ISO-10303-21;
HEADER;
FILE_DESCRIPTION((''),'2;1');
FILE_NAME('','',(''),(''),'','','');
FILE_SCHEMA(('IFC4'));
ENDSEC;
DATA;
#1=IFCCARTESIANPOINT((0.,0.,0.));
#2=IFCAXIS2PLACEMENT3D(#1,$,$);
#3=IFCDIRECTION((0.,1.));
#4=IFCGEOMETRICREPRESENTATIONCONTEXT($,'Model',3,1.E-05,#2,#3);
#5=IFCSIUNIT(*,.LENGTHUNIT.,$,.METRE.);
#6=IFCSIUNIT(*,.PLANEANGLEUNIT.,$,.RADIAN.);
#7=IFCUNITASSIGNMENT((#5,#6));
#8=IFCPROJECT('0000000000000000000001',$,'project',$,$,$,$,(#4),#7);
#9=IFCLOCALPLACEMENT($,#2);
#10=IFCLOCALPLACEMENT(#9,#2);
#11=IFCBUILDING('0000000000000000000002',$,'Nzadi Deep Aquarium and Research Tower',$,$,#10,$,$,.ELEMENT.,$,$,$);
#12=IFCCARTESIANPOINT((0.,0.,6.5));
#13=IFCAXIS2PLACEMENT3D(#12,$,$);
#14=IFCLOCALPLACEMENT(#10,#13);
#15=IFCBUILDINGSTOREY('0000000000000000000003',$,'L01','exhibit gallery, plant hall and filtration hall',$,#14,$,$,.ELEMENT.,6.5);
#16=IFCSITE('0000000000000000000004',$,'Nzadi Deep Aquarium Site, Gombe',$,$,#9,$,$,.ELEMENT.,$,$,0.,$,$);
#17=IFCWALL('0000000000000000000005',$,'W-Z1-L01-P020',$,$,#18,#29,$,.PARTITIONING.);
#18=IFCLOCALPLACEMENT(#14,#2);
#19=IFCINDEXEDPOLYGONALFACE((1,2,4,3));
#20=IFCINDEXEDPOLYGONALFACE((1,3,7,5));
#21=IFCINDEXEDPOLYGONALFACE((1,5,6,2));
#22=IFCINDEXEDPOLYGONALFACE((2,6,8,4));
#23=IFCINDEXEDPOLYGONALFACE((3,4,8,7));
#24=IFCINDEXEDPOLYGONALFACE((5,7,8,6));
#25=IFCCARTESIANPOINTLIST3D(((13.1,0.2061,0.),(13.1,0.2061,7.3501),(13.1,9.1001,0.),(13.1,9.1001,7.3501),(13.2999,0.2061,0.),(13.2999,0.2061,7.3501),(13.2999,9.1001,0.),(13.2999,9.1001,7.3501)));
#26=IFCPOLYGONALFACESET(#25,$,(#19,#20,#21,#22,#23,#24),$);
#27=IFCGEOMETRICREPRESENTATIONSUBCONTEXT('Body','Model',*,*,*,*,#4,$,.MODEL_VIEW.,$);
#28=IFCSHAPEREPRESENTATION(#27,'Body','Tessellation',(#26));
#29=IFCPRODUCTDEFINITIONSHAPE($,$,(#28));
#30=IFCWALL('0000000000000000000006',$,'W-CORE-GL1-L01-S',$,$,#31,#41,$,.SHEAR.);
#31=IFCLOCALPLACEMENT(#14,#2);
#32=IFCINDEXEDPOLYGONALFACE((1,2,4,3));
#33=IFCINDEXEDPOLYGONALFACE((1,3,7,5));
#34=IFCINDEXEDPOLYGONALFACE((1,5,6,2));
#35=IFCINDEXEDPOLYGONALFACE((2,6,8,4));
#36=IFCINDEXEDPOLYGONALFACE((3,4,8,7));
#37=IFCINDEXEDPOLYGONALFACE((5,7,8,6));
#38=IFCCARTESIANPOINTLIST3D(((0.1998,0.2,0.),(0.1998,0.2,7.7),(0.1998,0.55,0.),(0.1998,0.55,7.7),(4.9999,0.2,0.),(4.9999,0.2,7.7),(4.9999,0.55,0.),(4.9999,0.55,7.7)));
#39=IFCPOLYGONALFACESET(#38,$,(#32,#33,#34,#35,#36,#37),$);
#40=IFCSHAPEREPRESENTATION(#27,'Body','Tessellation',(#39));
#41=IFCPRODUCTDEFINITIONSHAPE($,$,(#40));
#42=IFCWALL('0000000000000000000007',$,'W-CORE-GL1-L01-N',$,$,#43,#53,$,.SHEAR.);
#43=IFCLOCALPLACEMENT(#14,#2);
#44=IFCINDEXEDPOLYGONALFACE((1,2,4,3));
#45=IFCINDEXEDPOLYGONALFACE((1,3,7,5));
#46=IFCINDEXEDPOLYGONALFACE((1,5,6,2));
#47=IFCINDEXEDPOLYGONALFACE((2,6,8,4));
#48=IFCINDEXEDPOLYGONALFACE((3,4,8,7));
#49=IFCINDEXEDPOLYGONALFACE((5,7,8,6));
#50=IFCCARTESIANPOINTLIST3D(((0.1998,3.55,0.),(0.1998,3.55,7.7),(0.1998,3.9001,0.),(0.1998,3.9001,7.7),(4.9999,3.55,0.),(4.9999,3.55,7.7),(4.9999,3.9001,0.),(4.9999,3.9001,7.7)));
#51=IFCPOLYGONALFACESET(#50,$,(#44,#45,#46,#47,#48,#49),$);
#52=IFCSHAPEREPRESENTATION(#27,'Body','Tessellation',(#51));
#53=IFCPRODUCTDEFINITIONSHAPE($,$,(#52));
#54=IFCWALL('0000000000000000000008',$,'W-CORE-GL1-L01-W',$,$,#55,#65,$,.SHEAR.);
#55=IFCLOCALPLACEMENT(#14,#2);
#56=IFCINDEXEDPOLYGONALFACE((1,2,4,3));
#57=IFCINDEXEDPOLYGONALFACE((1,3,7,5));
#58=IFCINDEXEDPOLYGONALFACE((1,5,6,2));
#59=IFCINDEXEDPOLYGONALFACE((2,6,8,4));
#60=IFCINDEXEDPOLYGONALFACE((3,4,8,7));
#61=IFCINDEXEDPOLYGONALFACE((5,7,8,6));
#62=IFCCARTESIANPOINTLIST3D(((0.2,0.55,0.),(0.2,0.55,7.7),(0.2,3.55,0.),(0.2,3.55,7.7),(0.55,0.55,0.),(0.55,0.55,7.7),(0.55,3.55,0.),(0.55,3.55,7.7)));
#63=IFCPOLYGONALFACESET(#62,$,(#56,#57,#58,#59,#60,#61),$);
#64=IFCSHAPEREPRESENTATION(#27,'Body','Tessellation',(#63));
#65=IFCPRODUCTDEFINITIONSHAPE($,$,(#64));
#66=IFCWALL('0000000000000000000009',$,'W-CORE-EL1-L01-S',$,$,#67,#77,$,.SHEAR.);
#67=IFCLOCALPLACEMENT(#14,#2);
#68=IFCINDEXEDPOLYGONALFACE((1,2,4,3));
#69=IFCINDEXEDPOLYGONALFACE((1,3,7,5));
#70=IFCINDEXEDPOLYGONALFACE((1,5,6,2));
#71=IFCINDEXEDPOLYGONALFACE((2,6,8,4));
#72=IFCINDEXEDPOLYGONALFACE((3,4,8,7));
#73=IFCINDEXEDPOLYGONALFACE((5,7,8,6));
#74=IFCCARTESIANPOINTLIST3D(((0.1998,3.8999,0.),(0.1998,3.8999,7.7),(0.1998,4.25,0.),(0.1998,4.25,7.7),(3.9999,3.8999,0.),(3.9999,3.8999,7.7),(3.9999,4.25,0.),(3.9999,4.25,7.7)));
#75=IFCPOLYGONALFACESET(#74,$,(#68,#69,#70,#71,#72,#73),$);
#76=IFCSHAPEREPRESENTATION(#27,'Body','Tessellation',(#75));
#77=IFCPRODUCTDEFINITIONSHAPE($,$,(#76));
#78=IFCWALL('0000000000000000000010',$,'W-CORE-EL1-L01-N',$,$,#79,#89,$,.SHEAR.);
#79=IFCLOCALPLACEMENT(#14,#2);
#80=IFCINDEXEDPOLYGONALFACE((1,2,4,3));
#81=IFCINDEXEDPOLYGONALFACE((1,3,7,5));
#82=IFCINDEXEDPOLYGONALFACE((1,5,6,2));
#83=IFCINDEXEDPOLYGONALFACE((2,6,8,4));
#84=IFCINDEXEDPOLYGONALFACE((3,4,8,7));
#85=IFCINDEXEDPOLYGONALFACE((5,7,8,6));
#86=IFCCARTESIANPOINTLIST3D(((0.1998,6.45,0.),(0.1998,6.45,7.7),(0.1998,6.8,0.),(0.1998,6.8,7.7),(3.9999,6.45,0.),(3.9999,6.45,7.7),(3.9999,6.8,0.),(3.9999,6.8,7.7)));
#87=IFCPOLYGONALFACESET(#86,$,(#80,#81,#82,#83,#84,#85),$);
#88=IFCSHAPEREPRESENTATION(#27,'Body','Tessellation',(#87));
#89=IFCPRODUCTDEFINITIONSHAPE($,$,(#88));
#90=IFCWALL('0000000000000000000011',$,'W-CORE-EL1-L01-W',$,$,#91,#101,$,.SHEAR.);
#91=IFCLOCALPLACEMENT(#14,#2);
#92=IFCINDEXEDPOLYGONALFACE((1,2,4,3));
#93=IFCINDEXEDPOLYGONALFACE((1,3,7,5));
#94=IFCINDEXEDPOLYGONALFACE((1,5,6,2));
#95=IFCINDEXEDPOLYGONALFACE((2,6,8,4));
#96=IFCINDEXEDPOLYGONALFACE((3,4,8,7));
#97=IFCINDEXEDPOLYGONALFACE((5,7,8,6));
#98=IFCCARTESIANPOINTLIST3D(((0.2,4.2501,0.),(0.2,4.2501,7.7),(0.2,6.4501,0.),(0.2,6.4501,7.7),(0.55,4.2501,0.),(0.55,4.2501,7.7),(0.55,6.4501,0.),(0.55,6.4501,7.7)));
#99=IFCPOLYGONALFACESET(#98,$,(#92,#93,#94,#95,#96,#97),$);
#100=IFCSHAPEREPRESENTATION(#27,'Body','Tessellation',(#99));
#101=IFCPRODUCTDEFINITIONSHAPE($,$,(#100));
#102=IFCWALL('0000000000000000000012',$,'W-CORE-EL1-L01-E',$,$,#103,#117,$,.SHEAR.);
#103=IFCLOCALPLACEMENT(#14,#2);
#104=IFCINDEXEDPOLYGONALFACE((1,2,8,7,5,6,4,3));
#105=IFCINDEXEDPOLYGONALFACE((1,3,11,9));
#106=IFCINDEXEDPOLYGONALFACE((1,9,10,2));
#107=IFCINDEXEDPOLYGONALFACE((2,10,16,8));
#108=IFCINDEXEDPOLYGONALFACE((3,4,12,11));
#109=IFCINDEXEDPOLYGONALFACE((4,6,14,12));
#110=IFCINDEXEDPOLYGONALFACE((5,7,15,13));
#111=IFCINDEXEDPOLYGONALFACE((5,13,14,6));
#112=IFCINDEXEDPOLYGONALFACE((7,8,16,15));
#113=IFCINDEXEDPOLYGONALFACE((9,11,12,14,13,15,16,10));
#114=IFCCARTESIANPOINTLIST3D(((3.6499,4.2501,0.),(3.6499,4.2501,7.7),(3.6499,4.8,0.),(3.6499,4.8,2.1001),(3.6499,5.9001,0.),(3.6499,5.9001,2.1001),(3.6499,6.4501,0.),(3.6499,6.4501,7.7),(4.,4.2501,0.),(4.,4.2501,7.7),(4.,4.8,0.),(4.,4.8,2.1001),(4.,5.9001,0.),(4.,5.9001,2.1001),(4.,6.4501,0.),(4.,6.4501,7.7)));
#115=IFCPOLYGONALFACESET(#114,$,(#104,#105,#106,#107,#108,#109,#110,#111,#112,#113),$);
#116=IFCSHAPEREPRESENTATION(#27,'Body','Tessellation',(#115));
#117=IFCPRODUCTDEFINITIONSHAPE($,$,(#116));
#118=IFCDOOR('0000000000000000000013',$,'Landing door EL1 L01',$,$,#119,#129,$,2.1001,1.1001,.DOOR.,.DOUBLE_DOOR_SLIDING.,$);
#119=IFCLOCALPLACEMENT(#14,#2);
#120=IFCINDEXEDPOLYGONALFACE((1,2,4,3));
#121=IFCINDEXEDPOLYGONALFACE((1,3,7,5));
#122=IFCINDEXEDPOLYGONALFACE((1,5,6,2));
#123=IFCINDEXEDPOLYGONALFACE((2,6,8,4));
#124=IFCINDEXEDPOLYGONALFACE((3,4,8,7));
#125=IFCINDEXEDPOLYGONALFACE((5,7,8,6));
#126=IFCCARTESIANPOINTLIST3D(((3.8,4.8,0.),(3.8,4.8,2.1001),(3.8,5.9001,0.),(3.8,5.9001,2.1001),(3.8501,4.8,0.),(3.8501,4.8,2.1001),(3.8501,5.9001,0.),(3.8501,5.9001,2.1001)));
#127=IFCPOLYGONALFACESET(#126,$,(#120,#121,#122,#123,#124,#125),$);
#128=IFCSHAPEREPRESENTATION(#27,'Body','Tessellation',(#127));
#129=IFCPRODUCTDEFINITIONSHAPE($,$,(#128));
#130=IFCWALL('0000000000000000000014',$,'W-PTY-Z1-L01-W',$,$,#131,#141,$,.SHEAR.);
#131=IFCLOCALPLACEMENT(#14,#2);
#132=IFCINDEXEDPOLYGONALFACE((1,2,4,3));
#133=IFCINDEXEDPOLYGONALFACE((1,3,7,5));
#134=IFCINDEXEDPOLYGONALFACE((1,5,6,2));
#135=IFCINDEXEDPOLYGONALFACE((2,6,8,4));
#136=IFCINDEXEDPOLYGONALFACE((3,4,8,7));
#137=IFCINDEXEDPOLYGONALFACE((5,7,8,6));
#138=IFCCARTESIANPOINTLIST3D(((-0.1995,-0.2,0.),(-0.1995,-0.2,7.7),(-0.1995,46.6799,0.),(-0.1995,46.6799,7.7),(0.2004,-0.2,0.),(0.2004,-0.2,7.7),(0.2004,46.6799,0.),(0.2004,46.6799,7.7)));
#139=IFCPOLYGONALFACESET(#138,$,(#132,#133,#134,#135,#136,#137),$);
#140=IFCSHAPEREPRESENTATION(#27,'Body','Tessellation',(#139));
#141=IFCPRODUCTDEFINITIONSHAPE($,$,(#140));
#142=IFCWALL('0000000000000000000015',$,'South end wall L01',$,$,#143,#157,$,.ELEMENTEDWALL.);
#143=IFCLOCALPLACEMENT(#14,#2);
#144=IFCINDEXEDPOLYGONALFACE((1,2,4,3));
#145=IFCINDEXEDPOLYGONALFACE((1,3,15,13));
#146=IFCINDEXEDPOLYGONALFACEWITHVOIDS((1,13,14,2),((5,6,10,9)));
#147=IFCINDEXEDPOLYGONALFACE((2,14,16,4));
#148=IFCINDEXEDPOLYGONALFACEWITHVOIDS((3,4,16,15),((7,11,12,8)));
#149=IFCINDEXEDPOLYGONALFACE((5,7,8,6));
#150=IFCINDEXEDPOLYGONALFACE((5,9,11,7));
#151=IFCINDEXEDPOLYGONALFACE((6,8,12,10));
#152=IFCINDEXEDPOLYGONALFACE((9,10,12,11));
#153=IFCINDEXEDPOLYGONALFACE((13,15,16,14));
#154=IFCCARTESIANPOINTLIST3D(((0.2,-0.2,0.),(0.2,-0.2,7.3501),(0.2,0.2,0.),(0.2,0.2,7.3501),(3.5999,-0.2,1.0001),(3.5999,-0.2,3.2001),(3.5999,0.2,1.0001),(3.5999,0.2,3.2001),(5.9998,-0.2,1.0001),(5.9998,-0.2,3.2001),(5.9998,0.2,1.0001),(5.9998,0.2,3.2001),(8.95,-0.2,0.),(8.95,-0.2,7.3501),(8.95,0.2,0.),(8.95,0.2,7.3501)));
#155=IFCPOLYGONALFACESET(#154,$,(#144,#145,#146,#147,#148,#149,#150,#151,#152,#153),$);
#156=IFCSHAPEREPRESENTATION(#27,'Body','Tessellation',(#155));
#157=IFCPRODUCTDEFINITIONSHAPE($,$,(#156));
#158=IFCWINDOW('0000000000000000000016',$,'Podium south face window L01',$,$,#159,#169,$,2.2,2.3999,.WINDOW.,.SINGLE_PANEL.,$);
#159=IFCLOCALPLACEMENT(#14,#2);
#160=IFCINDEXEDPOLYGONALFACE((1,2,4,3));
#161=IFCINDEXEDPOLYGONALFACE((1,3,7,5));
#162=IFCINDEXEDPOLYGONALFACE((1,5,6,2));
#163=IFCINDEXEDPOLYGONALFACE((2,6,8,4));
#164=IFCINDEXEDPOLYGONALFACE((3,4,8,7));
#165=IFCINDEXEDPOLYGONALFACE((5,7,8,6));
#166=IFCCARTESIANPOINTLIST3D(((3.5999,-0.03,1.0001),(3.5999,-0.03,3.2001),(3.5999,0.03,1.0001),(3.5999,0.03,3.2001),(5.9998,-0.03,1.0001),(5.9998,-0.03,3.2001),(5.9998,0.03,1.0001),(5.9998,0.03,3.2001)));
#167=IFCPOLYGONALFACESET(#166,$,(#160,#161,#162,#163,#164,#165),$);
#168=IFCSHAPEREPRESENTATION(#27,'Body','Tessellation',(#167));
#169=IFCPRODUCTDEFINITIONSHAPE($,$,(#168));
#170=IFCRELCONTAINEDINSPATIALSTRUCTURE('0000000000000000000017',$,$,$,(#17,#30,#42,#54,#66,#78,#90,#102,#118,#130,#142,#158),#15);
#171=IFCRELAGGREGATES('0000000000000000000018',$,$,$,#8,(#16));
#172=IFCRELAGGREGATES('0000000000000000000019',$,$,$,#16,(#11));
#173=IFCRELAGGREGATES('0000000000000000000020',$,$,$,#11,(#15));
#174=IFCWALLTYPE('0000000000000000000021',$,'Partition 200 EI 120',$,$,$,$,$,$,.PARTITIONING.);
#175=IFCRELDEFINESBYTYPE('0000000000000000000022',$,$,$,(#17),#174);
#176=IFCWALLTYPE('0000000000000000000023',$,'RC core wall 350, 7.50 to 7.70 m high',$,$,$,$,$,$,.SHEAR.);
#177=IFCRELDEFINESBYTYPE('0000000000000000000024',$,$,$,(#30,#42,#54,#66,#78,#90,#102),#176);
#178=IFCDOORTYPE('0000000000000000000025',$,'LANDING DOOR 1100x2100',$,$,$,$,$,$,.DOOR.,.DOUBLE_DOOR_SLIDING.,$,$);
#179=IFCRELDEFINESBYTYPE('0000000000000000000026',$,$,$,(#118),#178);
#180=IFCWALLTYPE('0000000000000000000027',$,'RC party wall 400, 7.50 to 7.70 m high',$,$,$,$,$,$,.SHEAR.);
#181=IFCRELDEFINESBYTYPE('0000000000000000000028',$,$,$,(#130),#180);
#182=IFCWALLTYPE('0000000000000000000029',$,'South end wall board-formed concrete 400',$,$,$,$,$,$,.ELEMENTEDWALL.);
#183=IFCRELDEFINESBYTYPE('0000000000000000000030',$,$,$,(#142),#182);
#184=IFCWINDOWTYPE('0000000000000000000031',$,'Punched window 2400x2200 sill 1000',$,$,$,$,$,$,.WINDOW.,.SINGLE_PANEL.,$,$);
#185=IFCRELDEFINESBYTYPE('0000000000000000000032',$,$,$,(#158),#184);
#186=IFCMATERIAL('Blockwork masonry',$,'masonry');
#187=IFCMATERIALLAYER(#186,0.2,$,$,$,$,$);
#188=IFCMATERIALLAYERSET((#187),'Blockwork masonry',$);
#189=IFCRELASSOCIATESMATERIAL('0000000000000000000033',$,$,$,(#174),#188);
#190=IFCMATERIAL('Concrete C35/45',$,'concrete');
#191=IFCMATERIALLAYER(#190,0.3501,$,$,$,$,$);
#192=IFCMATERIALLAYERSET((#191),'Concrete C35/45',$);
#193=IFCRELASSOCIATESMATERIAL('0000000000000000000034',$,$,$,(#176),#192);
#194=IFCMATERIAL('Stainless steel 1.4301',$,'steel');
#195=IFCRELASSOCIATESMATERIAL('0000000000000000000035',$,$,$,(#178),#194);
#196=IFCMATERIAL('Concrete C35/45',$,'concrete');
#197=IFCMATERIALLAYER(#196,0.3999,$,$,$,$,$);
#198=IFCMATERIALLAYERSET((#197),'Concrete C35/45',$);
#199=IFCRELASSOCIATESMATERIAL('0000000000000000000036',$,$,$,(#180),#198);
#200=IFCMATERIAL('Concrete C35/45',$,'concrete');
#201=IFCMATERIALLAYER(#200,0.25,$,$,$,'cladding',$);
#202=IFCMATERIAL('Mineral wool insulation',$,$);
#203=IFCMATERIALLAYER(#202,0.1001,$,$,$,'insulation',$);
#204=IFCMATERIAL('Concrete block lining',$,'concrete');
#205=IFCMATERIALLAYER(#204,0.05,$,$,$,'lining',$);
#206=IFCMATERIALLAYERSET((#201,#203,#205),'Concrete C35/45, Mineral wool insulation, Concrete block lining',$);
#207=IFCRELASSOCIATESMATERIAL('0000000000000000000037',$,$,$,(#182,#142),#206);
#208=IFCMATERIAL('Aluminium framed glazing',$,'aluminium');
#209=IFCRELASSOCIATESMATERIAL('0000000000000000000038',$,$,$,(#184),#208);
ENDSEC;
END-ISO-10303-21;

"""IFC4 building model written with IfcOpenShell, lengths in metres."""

from ifc_helpers import new_model, si_unit, direction, frame, frame_2d, origin, place, context, subcontext, project, spatial, rectangle, extrude, material, layer, layer_set, layer_usage, type_object, element, fill, save


model = new_model("IFC4")

# Units and contexts
model_context = context("Model", 3, precision=1e-05, world=origin(), true_north=direction((0.0, 1.0)))
body_context = subcontext(model_context, "Body", "Model", "MODEL_VIEW")
ifc_project = project(units=[si_unit("LENGTHUNIT", "METRE"), si_unit("PLANEANGLEUNIT", "RADIAN")], contexts=[model_context])

# Site, building, storey
site_placement = place(None, origin())
site = spatial("IfcSite", under=ifc_project, at=site_placement, Name="Nzadi Deep Aquarium Site, Gombe", CompositionType="ELEMENT", RefElevation=0.0)
building_placement = place(site_placement, origin())
building = spatial("IfcBuilding", under=site, at=building_placement, Name="Nzadi Deep Aquarium and Research Tower", CompositionType="ELEMENT")
storey_placement = place(building_placement, frame((0.0, 0.0, 6.5)))
storey = spatial("IfcBuildingStorey", under=building, at=storey_placement, Name="L01", Description="exhibit gallery, plant hall and filtration hall", CompositionType="ELEMENT", Elevation=6.5)

# Walls
ifc_material_1 = material(Name="Blockwork masonry", Category="masonry")
ifc_layer_1 = layer(ifc_material_1, 0.2)
ifc_layer_set_1 = layer_set([ifc_layer_1], Name="Blockwork masonry")
wall_type_1 = type_object("IfcWallType", Name="Partition 200 EI 120", PredefinedType="PARTITIONING", material=ifc_layer_set_1)
for number, where, z_axis, x_axis, name in (
    (1, (13.2, 0.2061, 0.0), (0.0, 0.0, 1.0), (0.0, 1.0, 0.0), "W-Z1-L01-P020"),
):
    element("IfcWall", number, at=place(storey_placement, frame(where, z_axis=z_axis, x_axis=x_axis)), inside=storey, type_object=wall_type_1, Name=name, PredefinedType="PARTITIONING", context=body_context, shape_type="SweptSolid", body=[
        extrude(rectangle(XDim=8.894, YDim=0.2, at=frame_2d((4.447, 0.0))), origin(), (0.0, 0.0, 1.0), 7.3501),
    ])
ifc_material_2 = material(Name="Concrete C35/45", Category="concrete")
ifc_layer_2 = layer(ifc_material_2, 0.3501)
ifc_layer_set_2 = layer_set([ifc_layer_2], Name="Concrete C35/45")
wall_type_2 = type_object("IfcWallType", Name="RC core wall 350, 7.50 to 7.70 m high", PredefinedType="SHEAR", material=ifc_layer_set_2)
for number, where, z_axis, x_axis, name in (
    (2, (0.2, 0.375, 0.0), (0.0, 0.0, 1.0), (1.0, 0.0, 0.0), "W-CORE-GL1-L01-S"),
    (3, (0.2, 3.7251, 0.0), (0.0, 0.0, 1.0), (1.0, 0.0, 0.0), "W-CORE-GL1-L01-N"),
):
    element("IfcWall", number, at=place(storey_placement, frame(where, z_axis=z_axis, x_axis=x_axis)), inside=storey, type_object=wall_type_2, Name=name, PredefinedType="SHEAR", context=body_context, shape_type="SweptSolid", body=[
        extrude(rectangle(XDim=4.8, YDim=0.3501, at=frame_2d((2.3999, 0.0))), origin(), (0.0, 0.0, 1.0), 7.7),
    ])
wall_1_placement = place(storey_placement, frame((0.375, 0.55, 0.0), z_axis=(0.0, 0.0, 1.0), x_axis=(0.0, 1.0, 0.0)))
element("IfcWall", 4, at=wall_1_placement, inside=storey, type_object=wall_type_2, Name="W-CORE-GL1-L01-W", PredefinedType="SHEAR", context=body_context, shape_type="SweptSolid", body=[
    extrude(rectangle(XDim=3.0, YDim=0.3501, at=frame_2d((1.5, 0.0))), origin(), (0.0, 0.0, 1.0), 7.7),
])

# Walls
for number, where, z_axis, x_axis, name in (
    (5, (0.2, 4.075, 0.0), (0.0, 0.0, 1.0), (1.0, 0.0, 0.0), "W-CORE-EL1-L01-S"),
    (6, (0.2, 6.625, 0.0), (0.0, 0.0, 1.0), (1.0, 0.0, 0.0), "W-CORE-EL1-L01-N"),
):
    element("IfcWall", number, at=place(storey_placement, frame(where, z_axis=z_axis, x_axis=x_axis)), inside=storey, type_object=wall_type_2, Name=name, PredefinedType="SHEAR", context=body_context, shape_type="SweptSolid", body=[
        extrude(rectangle(XDim=3.8, YDim=0.3501, at=frame_2d((1.8999, 0.0))), origin(), (0.0, 0.0, 1.0), 7.7),
    ])
wall_2_placement = place(storey_placement, frame((0.375, 4.25, 0.0), z_axis=(0.0, 0.0, 1.0), x_axis=(0.0, 1.0, 0.0)))
element("IfcWall", 7, at=wall_2_placement, inside=storey, type_object=wall_type_2, Name="W-CORE-EL1-L01-W", PredefinedType="SHEAR", context=body_context, shape_type="SweptSolid", body=[
    extrude(rectangle(XDim=2.2, YDim=0.3501, at=frame_2d((1.1001, 0.0))), origin(), (0.0, 0.0, 1.0), 7.7),
])

# Wall, opening, door
wall_3_placement = place(storey_placement, frame((3.825, 4.25, 0.0), z_axis=(0.0, 0.0, 1.0), x_axis=(0.0, 1.0, 0.0)))
wall_3 = element("IfcWall", 8, at=wall_3_placement, inside=storey, type_object=wall_type_2, Name="W-CORE-EL1-L01-E", PredefinedType="SHEAR", context=body_context, shape_type="SweptSolid", body=[
    extrude(rectangle(XDim=2.2, YDim=0.3501, at=frame_2d((1.1001, 0.0))), origin(), (0.0, 0.0, 1.0), 7.7),
])
opening_1_placement = place(wall_3_placement, frame((0.55, 0.0, 0.0)))
opening_1 = element("IfcOpeningElement", 9, at=opening_1_placement, cuts=wall_3, PredefinedType="OPENING", context=body_context, shape_type="SweptSolid", body=[
    extrude(rectangle(XDim=1.1001, YDim=2.1001, at=frame_2d((0.55, 1.05))), frame((0.0, 0.1851, 0.0), z_axis=(0.0, -1.0, 0.0), x_axis=(1.0, 0.0, 0.0)), (0.0, 0.0, 1.0), 0.3701),
])
ifc_material_3 = material(Name="Stainless steel 1.4301", Category="steel")
door_type_1 = type_object("IfcDoorType", Name="LANDING DOOR 1100x2100", OperationType="DOUBLE_DOOR_SLIDING", PredefinedType="DOOR", material=ifc_material_3)
door_1_placement = place(opening_1_placement, origin())
door_1 = element("IfcDoor", 10, at=door_1_placement, inside=storey, type_object=door_type_1, Name="Landing door EL1 L01", OperationType="DOUBLE_DOOR_SLIDING", OverallHeight=2.1001, OverallWidth=1.1001, PredefinedType="DOOR", context=body_context, shape_type="SweptSolid", body=[
    extrude(rectangle(XDim=1.1001, YDim=2.1001, at=frame_2d((0.55, 1.05))), frame((0.0, 0.0249, 0.0), z_axis=(0.0, -1.0, 0.0), x_axis=(1.0, 0.0, 0.0)), (0.0, 0.0, 1.0), 0.05),
])
fill(opening_1, door_1)

# Wall
ifc_material_4 = material(Name="Concrete C35/45", Category="concrete")
ifc_layer_3 = layer(ifc_material_4, 0.3999)
ifc_layer_set_3 = layer_set([ifc_layer_3], Name="Concrete C35/45")
wall_type_3 = type_object("IfcWallType", Name="RC party wall 400, 7.50 to 7.70 m high", PredefinedType="SHEAR", material=ifc_layer_set_3)
wall_4_placement = place(storey_placement, frame((0.0005, -0.2, 0.0), z_axis=(0.0, 0.0, 1.0), x_axis=(0.0, 1.0, 0.0)))
element("IfcWall", 11, at=wall_4_placement, inside=storey, type_object=wall_type_3, Name="W-PTY-Z1-L01-W", PredefinedType="SHEAR", context=body_context, shape_type="SweptSolid", body=[
    extrude(rectangle(XDim=46.8799, YDim=0.3999, at=frame_2d((23.4399, 0.0))), origin(), (0.0, 0.0, 1.0), 7.7),
])

# Wall, opening, window
ifc_material_5 = material(Name="Concrete C35/45", Category="concrete")
ifc_layer_4 = layer(ifc_material_5, 0.25, Category="cladding")
ifc_material_6 = material(Name="Mineral wool insulation")
ifc_layer_5 = layer(ifc_material_6, 0.1001, Category="insulation")
ifc_material_7 = material(Name="Concrete block lining", Category="concrete")
ifc_layer_6 = layer(ifc_material_7, 0.05, Category="lining")
ifc_layer_set_4 = layer_set([ifc_layer_4, ifc_layer_5, ifc_layer_6], Name="Concrete C35/45, Mineral wool insulation, Concrete block lining")
ifc_layer_usage_1 = layer_usage(ifc_layer_set_4, "AXIS2", "POSITIVE", -0.2)
wall_type_4 = type_object("IfcWallType", Name="South end wall board-formed concrete 400", PredefinedType="ELEMENTEDWALL", material=ifc_layer_set_4)
wall_5_placement = place(storey_placement, frame((0.2, 0.0, 0.0), z_axis=(0.0, 0.0, 1.0), x_axis=(1.0, 0.0, 0.0)))
wall_5 = element("IfcWall", 12, at=wall_5_placement, inside=storey, type_object=wall_type_4, material=ifc_layer_usage_1, Name="South end wall L01", PredefinedType="ELEMENTEDWALL", context=body_context, shape_type="SweptSolid", body=[
    extrude(rectangle(XDim=8.75, YDim=0.3999, at=frame_2d((4.375, 0.0))), origin(), (0.0, 0.0, 1.0), 7.3501),
])
opening_2_placement = place(wall_5_placement, frame((3.3999, 0.0, 1.0)))
opening_2 = element("IfcOpeningElement", 13, at=opening_2_placement, cuts=wall_5, PredefinedType="OPENING", context=body_context, shape_type="SweptSolid", body=[
    extrude(rectangle(XDim=2.3999, YDim=2.2, at=frame_2d((1.2, 1.1001))), frame((0.0, 0.21, 0.0), z_axis=(0.0, -1.0, 0.0), x_axis=(1.0, 0.0, 0.0)), (0.0, 0.0, 1.0), 0.4199),
])
ifc_material_8 = material(Name="Aluminium framed glazing", Category="aluminium")
window_type = type_object("IfcWindowType", Name="Punched window 2400x2200 sill 1000", PartitioningType="SINGLE_PANEL", PredefinedType="WINDOW", material=ifc_material_8)
window_1_placement = place(opening_2_placement, origin())
window_1 = element("IfcWindow", 14, at=window_1_placement, inside=storey, type_object=window_type, Name="Podium south face window L01", OverallHeight=2.2, OverallWidth=2.3999, PartitioningType="SINGLE_PANEL", PredefinedType="WINDOW", context=body_context, shape_type="SweptSolid", body=[
    extrude(rectangle(XDim=2.3999, YDim=2.2, at=frame_2d((1.2, 1.1001))), frame((0.0, 0.03, 0.0), z_axis=(0.0, -1.0, 0.0), x_axis=(1.0, 0.0, 0.0)), (0.0, 0.0, 1.0), 0.0601),
])
fill(opening_2, window_1)

save(model, "model.ifc")
